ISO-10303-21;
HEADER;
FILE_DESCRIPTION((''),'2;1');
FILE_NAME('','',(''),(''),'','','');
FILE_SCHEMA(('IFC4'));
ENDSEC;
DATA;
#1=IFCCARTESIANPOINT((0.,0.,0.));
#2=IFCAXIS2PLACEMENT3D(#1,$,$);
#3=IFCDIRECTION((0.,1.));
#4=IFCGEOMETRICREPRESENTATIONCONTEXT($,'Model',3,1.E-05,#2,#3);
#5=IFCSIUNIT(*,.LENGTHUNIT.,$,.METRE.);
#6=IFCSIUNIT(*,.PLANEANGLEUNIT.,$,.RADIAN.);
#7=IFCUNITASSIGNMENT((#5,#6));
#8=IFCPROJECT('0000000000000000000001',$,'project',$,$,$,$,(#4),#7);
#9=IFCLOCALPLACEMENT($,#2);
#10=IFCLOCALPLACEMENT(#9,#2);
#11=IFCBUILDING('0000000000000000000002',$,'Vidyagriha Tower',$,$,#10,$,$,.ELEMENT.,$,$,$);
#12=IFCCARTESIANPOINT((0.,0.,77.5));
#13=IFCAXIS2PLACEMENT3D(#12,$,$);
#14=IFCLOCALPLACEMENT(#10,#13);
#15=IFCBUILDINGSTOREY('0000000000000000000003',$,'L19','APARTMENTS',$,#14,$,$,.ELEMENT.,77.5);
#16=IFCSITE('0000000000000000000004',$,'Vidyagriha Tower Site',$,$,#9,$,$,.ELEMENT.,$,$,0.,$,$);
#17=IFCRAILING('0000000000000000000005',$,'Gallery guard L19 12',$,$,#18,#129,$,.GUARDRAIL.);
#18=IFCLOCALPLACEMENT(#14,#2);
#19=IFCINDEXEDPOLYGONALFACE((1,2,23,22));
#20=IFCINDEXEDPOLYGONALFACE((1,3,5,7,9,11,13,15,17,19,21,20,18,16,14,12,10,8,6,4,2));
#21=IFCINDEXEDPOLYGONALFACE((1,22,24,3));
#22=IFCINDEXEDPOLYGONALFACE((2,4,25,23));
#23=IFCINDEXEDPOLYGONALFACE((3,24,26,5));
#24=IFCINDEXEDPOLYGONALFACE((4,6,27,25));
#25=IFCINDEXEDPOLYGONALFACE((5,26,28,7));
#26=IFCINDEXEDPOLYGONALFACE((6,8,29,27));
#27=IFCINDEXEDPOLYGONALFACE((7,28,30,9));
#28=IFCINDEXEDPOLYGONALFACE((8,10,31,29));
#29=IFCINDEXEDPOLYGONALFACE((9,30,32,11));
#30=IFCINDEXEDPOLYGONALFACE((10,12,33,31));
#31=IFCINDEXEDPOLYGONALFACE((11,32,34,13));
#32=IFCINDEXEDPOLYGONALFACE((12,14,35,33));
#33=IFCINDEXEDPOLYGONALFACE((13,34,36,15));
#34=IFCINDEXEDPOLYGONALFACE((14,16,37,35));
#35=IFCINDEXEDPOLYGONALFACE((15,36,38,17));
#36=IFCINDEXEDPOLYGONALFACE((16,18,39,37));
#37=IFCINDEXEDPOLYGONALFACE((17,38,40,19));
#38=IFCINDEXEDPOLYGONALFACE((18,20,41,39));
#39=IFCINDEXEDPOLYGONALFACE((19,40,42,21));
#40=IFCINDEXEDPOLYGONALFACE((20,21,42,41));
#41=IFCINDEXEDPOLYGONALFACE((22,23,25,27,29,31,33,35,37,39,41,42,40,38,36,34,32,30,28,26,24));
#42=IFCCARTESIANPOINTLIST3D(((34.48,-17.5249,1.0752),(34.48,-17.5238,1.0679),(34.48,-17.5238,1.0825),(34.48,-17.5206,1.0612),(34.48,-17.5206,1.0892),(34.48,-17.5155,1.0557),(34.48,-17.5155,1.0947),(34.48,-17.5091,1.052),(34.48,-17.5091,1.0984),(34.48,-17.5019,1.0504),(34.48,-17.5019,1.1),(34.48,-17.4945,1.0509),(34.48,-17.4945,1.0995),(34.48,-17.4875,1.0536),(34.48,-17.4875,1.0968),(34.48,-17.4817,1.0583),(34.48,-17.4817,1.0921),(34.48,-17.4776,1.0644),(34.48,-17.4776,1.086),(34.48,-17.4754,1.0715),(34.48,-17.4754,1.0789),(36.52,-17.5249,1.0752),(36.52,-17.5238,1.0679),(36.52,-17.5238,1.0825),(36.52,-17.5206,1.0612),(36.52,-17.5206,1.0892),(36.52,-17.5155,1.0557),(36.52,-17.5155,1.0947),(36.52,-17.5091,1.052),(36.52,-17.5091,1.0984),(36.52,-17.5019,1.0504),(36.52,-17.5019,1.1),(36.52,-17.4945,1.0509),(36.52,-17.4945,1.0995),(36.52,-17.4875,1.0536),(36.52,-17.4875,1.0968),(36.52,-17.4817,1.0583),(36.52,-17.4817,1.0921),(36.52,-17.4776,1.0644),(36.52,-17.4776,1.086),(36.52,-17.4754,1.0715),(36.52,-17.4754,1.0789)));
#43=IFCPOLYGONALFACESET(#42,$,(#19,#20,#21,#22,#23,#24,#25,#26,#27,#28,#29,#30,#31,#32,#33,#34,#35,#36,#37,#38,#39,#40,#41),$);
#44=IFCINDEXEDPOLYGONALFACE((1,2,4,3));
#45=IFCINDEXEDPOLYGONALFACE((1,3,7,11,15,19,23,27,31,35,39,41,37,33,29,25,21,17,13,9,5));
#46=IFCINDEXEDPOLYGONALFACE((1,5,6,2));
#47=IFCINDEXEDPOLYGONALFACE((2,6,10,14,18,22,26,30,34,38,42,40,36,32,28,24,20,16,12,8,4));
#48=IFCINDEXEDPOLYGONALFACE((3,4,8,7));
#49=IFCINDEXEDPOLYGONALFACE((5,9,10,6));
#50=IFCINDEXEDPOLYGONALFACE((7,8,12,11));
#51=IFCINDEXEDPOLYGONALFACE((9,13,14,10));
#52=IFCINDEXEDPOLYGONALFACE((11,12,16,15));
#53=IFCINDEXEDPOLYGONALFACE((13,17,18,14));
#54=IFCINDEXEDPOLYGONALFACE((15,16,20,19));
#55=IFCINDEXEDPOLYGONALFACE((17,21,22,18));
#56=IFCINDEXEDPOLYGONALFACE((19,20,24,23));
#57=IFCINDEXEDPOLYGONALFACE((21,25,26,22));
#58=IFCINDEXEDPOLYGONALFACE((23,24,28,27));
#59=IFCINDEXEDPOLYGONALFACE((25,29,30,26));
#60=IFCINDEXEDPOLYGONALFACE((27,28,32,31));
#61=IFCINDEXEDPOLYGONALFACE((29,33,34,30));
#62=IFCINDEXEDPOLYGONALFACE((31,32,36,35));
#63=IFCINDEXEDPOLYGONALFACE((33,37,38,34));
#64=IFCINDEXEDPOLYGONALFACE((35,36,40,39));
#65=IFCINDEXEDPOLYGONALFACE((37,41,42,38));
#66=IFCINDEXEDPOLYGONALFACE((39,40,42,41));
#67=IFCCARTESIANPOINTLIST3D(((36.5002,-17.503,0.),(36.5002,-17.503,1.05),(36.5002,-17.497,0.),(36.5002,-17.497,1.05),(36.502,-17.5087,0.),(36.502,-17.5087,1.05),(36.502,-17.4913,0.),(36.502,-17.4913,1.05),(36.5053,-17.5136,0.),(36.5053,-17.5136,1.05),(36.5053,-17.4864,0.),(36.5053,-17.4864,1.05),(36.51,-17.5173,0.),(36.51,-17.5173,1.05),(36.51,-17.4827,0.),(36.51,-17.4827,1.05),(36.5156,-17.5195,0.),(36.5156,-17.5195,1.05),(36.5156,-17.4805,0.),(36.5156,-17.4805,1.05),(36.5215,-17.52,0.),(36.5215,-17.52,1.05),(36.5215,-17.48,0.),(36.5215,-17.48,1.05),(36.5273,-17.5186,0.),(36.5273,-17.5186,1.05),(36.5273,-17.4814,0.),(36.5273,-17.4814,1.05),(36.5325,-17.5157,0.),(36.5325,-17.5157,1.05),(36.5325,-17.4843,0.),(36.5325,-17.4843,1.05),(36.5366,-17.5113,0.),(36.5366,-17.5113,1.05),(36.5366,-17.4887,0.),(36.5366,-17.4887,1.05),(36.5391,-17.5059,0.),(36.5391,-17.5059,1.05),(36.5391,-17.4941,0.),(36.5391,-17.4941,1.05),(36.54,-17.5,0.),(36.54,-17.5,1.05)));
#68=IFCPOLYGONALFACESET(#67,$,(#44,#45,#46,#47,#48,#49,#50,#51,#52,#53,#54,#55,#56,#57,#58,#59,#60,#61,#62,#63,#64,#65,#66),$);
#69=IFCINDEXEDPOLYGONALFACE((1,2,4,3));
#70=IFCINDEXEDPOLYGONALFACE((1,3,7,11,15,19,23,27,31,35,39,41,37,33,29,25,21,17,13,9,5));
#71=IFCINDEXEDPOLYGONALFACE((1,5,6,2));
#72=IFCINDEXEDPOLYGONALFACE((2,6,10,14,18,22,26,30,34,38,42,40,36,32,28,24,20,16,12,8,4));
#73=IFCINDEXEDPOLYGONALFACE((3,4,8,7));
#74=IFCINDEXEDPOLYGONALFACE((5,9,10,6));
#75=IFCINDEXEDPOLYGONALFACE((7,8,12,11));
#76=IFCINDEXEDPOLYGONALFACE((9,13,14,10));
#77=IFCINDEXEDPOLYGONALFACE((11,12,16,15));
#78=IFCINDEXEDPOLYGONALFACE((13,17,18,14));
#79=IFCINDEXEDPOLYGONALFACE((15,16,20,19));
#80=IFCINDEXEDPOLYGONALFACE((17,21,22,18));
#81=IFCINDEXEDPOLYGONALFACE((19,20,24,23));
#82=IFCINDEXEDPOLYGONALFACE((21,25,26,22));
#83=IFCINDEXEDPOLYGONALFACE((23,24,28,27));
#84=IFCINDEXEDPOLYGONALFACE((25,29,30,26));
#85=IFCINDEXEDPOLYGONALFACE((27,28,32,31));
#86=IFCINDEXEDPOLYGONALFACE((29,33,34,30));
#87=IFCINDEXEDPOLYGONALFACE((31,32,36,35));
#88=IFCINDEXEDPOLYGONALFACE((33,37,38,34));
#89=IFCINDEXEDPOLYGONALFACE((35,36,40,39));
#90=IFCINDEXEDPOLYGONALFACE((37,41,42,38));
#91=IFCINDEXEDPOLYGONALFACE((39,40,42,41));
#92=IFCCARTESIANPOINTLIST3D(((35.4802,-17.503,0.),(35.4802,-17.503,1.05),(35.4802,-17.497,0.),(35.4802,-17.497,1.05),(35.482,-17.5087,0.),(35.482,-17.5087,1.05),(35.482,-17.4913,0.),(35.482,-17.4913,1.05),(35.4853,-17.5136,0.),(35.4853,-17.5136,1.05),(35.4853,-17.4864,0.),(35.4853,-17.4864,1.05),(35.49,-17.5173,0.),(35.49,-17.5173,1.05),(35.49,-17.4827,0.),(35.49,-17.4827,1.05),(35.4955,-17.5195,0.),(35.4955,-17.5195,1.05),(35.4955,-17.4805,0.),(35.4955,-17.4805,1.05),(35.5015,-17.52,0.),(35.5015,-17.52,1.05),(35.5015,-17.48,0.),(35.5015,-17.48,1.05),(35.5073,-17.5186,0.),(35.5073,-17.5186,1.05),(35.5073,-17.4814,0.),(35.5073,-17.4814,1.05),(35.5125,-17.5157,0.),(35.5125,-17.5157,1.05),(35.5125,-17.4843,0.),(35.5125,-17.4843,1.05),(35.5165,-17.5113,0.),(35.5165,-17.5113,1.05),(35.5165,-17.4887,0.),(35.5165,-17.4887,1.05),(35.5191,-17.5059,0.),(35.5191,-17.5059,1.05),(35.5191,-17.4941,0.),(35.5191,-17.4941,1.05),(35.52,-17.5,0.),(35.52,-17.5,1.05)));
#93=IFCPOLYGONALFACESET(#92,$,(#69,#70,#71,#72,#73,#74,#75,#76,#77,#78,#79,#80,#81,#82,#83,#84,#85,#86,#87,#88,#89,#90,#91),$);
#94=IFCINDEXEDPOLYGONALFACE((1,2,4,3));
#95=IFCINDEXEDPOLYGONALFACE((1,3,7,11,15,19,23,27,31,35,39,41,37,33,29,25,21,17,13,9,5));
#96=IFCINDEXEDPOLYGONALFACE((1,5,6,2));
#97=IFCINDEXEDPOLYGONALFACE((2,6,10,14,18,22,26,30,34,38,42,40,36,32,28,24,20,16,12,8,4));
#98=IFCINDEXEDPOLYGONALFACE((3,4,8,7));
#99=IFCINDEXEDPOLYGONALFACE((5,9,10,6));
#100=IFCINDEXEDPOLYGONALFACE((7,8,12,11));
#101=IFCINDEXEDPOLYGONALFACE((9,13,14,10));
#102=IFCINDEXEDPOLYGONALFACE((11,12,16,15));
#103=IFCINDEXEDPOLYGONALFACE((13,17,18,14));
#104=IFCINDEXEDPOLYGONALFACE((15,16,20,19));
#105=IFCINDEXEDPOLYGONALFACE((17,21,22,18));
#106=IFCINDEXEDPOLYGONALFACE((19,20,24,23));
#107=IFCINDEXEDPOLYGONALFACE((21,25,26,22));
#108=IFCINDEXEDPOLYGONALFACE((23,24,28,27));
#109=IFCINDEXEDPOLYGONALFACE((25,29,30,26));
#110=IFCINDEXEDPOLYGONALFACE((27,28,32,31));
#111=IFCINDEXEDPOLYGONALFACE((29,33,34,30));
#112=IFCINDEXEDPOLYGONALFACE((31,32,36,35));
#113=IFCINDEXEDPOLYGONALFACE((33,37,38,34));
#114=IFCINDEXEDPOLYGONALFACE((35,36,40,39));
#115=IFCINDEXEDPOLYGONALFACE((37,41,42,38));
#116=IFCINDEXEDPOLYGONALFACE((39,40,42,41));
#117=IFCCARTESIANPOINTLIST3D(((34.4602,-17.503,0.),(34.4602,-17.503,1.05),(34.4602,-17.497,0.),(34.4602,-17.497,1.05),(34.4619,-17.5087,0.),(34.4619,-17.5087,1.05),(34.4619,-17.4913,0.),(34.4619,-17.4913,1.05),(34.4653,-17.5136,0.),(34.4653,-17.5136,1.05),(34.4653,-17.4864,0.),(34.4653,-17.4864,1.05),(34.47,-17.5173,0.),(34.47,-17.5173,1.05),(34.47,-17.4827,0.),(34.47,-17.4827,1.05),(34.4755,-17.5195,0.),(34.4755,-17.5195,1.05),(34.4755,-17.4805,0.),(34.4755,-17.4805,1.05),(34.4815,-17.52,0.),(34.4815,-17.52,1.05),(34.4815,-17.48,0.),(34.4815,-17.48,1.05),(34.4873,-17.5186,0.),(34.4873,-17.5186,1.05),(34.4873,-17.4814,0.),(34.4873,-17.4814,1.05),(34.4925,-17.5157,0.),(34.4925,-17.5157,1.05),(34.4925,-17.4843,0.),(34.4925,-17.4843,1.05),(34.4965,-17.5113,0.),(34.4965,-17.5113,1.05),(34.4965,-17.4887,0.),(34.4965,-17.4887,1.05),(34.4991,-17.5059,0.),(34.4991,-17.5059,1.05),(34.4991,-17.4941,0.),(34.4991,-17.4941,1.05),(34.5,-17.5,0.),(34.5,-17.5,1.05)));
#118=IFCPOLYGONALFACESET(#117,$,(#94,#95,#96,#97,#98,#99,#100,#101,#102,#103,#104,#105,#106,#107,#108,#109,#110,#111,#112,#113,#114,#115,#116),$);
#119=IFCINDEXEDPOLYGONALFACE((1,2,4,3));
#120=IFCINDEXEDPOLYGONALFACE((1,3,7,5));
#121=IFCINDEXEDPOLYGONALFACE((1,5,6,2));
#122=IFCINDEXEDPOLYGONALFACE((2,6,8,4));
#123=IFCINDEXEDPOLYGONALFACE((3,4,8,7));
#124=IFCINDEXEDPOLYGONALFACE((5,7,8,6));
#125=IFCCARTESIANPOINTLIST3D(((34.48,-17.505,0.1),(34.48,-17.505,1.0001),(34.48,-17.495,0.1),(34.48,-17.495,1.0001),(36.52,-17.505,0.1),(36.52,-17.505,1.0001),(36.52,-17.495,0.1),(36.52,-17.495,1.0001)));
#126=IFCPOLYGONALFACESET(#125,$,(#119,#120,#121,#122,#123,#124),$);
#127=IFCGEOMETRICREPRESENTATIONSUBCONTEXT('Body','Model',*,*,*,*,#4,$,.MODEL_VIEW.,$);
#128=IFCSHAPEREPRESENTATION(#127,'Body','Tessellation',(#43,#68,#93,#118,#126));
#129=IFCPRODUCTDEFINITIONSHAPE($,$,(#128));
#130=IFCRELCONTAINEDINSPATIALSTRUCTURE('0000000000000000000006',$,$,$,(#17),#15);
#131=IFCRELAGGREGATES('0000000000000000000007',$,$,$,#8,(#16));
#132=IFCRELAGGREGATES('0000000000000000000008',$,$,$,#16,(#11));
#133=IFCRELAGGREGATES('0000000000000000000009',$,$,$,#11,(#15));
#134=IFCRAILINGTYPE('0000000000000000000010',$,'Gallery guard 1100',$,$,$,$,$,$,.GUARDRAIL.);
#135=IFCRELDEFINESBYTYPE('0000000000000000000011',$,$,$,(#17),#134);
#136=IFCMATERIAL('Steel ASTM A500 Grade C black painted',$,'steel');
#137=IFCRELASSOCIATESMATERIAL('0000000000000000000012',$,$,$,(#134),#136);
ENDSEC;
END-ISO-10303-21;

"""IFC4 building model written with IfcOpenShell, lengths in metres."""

from ifc_helpers import new_model, si_unit, direction, frame, origin, origin_2d, place, context, subcontext, project, spatial, rectangle, circle, extrude, material, type_object, element, save


model = new_model("IFC4")

# Units and contexts
model_context = context("Model", 3, precision=1e-05, world=origin(), true_north=direction((0.0, 1.0)))
body_context = subcontext(model_context, "Body", "Model", "MODEL_VIEW")
ifc_project = project(units=[si_unit("LENGTHUNIT", "METRE"), si_unit("PLANEANGLEUNIT", "RADIAN")], contexts=[model_context])

# Site, building, storey
site_placement = place(None, origin())
site = spatial("IfcSite", under=ifc_project, at=site_placement, Name="Vidyagriha Tower Site", CompositionType="ELEMENT", RefElevation=0.0)
building_placement = place(site_placement, origin())
building = spatial("IfcBuilding", under=site, at=building_placement, Name="Vidyagriha Tower", CompositionType="ELEMENT")
storey_placement = place(building_placement, frame((0.0, 0.0, 77.5)))
storey = spatial("IfcBuildingStorey", under=building, at=storey_placement, Name="L19", Description="APARTMENTS", CompositionType="ELEMENT", Elevation=77.5)

# Railing
ifc_material_1 = material(Name="Steel ASTM A500 Grade C black painted", Category="steel")
railing_type_1 = type_object("IfcRailingType", Name="Gallery guard 1100", PredefinedType="GUARDRAIL", material=ifc_material_1)
railing_1_placement = place(storey_placement, frame((36.52, -17.5, 0.0)))
element("IfcRailing", 1, at=railing_1_placement, inside=storey, type_object=railing_type_1, Name="Gallery guard L19 12", PredefinedType="GUARDRAIL", context=body_context, shape_type="SweptSolid", body=[
    extrude(circle(Radius=0.0249, at=origin_2d()), frame((0.0, 0.0, 1.0752), z_axis=(-1.0, 0.0, 0.0), x_axis=(0.0, -1.0, 0.0)), (0.0, 0.0, 1.0), 2.04),
    extrude(circle(Radius=0.02, at=origin_2d()), origin(), (0.0, 0.0, 1.0), 1.05),
    extrude(circle(Radius=0.02, at=origin_2d()), frame((-1.02, 0.0, 0.0)), (0.0, 0.0, 1.0), 1.05),
    extrude(circle(Radius=0.02, at=origin_2d()), frame((-2.04, 0.0, 0.0)), (0.0, 0.0, 1.0), 1.05),
    extrude(rectangle(XDim=0.01, YDim=0.9001, at=origin_2d()), frame((0.0, 0.0, 0.55), z_axis=(-1.0, 0.0, 0.0), x_axis=(0.0, -1.0, 0.0)), (0.0, 0.0, 1.0), 2.04),
])

save(model, "model.ifc")
